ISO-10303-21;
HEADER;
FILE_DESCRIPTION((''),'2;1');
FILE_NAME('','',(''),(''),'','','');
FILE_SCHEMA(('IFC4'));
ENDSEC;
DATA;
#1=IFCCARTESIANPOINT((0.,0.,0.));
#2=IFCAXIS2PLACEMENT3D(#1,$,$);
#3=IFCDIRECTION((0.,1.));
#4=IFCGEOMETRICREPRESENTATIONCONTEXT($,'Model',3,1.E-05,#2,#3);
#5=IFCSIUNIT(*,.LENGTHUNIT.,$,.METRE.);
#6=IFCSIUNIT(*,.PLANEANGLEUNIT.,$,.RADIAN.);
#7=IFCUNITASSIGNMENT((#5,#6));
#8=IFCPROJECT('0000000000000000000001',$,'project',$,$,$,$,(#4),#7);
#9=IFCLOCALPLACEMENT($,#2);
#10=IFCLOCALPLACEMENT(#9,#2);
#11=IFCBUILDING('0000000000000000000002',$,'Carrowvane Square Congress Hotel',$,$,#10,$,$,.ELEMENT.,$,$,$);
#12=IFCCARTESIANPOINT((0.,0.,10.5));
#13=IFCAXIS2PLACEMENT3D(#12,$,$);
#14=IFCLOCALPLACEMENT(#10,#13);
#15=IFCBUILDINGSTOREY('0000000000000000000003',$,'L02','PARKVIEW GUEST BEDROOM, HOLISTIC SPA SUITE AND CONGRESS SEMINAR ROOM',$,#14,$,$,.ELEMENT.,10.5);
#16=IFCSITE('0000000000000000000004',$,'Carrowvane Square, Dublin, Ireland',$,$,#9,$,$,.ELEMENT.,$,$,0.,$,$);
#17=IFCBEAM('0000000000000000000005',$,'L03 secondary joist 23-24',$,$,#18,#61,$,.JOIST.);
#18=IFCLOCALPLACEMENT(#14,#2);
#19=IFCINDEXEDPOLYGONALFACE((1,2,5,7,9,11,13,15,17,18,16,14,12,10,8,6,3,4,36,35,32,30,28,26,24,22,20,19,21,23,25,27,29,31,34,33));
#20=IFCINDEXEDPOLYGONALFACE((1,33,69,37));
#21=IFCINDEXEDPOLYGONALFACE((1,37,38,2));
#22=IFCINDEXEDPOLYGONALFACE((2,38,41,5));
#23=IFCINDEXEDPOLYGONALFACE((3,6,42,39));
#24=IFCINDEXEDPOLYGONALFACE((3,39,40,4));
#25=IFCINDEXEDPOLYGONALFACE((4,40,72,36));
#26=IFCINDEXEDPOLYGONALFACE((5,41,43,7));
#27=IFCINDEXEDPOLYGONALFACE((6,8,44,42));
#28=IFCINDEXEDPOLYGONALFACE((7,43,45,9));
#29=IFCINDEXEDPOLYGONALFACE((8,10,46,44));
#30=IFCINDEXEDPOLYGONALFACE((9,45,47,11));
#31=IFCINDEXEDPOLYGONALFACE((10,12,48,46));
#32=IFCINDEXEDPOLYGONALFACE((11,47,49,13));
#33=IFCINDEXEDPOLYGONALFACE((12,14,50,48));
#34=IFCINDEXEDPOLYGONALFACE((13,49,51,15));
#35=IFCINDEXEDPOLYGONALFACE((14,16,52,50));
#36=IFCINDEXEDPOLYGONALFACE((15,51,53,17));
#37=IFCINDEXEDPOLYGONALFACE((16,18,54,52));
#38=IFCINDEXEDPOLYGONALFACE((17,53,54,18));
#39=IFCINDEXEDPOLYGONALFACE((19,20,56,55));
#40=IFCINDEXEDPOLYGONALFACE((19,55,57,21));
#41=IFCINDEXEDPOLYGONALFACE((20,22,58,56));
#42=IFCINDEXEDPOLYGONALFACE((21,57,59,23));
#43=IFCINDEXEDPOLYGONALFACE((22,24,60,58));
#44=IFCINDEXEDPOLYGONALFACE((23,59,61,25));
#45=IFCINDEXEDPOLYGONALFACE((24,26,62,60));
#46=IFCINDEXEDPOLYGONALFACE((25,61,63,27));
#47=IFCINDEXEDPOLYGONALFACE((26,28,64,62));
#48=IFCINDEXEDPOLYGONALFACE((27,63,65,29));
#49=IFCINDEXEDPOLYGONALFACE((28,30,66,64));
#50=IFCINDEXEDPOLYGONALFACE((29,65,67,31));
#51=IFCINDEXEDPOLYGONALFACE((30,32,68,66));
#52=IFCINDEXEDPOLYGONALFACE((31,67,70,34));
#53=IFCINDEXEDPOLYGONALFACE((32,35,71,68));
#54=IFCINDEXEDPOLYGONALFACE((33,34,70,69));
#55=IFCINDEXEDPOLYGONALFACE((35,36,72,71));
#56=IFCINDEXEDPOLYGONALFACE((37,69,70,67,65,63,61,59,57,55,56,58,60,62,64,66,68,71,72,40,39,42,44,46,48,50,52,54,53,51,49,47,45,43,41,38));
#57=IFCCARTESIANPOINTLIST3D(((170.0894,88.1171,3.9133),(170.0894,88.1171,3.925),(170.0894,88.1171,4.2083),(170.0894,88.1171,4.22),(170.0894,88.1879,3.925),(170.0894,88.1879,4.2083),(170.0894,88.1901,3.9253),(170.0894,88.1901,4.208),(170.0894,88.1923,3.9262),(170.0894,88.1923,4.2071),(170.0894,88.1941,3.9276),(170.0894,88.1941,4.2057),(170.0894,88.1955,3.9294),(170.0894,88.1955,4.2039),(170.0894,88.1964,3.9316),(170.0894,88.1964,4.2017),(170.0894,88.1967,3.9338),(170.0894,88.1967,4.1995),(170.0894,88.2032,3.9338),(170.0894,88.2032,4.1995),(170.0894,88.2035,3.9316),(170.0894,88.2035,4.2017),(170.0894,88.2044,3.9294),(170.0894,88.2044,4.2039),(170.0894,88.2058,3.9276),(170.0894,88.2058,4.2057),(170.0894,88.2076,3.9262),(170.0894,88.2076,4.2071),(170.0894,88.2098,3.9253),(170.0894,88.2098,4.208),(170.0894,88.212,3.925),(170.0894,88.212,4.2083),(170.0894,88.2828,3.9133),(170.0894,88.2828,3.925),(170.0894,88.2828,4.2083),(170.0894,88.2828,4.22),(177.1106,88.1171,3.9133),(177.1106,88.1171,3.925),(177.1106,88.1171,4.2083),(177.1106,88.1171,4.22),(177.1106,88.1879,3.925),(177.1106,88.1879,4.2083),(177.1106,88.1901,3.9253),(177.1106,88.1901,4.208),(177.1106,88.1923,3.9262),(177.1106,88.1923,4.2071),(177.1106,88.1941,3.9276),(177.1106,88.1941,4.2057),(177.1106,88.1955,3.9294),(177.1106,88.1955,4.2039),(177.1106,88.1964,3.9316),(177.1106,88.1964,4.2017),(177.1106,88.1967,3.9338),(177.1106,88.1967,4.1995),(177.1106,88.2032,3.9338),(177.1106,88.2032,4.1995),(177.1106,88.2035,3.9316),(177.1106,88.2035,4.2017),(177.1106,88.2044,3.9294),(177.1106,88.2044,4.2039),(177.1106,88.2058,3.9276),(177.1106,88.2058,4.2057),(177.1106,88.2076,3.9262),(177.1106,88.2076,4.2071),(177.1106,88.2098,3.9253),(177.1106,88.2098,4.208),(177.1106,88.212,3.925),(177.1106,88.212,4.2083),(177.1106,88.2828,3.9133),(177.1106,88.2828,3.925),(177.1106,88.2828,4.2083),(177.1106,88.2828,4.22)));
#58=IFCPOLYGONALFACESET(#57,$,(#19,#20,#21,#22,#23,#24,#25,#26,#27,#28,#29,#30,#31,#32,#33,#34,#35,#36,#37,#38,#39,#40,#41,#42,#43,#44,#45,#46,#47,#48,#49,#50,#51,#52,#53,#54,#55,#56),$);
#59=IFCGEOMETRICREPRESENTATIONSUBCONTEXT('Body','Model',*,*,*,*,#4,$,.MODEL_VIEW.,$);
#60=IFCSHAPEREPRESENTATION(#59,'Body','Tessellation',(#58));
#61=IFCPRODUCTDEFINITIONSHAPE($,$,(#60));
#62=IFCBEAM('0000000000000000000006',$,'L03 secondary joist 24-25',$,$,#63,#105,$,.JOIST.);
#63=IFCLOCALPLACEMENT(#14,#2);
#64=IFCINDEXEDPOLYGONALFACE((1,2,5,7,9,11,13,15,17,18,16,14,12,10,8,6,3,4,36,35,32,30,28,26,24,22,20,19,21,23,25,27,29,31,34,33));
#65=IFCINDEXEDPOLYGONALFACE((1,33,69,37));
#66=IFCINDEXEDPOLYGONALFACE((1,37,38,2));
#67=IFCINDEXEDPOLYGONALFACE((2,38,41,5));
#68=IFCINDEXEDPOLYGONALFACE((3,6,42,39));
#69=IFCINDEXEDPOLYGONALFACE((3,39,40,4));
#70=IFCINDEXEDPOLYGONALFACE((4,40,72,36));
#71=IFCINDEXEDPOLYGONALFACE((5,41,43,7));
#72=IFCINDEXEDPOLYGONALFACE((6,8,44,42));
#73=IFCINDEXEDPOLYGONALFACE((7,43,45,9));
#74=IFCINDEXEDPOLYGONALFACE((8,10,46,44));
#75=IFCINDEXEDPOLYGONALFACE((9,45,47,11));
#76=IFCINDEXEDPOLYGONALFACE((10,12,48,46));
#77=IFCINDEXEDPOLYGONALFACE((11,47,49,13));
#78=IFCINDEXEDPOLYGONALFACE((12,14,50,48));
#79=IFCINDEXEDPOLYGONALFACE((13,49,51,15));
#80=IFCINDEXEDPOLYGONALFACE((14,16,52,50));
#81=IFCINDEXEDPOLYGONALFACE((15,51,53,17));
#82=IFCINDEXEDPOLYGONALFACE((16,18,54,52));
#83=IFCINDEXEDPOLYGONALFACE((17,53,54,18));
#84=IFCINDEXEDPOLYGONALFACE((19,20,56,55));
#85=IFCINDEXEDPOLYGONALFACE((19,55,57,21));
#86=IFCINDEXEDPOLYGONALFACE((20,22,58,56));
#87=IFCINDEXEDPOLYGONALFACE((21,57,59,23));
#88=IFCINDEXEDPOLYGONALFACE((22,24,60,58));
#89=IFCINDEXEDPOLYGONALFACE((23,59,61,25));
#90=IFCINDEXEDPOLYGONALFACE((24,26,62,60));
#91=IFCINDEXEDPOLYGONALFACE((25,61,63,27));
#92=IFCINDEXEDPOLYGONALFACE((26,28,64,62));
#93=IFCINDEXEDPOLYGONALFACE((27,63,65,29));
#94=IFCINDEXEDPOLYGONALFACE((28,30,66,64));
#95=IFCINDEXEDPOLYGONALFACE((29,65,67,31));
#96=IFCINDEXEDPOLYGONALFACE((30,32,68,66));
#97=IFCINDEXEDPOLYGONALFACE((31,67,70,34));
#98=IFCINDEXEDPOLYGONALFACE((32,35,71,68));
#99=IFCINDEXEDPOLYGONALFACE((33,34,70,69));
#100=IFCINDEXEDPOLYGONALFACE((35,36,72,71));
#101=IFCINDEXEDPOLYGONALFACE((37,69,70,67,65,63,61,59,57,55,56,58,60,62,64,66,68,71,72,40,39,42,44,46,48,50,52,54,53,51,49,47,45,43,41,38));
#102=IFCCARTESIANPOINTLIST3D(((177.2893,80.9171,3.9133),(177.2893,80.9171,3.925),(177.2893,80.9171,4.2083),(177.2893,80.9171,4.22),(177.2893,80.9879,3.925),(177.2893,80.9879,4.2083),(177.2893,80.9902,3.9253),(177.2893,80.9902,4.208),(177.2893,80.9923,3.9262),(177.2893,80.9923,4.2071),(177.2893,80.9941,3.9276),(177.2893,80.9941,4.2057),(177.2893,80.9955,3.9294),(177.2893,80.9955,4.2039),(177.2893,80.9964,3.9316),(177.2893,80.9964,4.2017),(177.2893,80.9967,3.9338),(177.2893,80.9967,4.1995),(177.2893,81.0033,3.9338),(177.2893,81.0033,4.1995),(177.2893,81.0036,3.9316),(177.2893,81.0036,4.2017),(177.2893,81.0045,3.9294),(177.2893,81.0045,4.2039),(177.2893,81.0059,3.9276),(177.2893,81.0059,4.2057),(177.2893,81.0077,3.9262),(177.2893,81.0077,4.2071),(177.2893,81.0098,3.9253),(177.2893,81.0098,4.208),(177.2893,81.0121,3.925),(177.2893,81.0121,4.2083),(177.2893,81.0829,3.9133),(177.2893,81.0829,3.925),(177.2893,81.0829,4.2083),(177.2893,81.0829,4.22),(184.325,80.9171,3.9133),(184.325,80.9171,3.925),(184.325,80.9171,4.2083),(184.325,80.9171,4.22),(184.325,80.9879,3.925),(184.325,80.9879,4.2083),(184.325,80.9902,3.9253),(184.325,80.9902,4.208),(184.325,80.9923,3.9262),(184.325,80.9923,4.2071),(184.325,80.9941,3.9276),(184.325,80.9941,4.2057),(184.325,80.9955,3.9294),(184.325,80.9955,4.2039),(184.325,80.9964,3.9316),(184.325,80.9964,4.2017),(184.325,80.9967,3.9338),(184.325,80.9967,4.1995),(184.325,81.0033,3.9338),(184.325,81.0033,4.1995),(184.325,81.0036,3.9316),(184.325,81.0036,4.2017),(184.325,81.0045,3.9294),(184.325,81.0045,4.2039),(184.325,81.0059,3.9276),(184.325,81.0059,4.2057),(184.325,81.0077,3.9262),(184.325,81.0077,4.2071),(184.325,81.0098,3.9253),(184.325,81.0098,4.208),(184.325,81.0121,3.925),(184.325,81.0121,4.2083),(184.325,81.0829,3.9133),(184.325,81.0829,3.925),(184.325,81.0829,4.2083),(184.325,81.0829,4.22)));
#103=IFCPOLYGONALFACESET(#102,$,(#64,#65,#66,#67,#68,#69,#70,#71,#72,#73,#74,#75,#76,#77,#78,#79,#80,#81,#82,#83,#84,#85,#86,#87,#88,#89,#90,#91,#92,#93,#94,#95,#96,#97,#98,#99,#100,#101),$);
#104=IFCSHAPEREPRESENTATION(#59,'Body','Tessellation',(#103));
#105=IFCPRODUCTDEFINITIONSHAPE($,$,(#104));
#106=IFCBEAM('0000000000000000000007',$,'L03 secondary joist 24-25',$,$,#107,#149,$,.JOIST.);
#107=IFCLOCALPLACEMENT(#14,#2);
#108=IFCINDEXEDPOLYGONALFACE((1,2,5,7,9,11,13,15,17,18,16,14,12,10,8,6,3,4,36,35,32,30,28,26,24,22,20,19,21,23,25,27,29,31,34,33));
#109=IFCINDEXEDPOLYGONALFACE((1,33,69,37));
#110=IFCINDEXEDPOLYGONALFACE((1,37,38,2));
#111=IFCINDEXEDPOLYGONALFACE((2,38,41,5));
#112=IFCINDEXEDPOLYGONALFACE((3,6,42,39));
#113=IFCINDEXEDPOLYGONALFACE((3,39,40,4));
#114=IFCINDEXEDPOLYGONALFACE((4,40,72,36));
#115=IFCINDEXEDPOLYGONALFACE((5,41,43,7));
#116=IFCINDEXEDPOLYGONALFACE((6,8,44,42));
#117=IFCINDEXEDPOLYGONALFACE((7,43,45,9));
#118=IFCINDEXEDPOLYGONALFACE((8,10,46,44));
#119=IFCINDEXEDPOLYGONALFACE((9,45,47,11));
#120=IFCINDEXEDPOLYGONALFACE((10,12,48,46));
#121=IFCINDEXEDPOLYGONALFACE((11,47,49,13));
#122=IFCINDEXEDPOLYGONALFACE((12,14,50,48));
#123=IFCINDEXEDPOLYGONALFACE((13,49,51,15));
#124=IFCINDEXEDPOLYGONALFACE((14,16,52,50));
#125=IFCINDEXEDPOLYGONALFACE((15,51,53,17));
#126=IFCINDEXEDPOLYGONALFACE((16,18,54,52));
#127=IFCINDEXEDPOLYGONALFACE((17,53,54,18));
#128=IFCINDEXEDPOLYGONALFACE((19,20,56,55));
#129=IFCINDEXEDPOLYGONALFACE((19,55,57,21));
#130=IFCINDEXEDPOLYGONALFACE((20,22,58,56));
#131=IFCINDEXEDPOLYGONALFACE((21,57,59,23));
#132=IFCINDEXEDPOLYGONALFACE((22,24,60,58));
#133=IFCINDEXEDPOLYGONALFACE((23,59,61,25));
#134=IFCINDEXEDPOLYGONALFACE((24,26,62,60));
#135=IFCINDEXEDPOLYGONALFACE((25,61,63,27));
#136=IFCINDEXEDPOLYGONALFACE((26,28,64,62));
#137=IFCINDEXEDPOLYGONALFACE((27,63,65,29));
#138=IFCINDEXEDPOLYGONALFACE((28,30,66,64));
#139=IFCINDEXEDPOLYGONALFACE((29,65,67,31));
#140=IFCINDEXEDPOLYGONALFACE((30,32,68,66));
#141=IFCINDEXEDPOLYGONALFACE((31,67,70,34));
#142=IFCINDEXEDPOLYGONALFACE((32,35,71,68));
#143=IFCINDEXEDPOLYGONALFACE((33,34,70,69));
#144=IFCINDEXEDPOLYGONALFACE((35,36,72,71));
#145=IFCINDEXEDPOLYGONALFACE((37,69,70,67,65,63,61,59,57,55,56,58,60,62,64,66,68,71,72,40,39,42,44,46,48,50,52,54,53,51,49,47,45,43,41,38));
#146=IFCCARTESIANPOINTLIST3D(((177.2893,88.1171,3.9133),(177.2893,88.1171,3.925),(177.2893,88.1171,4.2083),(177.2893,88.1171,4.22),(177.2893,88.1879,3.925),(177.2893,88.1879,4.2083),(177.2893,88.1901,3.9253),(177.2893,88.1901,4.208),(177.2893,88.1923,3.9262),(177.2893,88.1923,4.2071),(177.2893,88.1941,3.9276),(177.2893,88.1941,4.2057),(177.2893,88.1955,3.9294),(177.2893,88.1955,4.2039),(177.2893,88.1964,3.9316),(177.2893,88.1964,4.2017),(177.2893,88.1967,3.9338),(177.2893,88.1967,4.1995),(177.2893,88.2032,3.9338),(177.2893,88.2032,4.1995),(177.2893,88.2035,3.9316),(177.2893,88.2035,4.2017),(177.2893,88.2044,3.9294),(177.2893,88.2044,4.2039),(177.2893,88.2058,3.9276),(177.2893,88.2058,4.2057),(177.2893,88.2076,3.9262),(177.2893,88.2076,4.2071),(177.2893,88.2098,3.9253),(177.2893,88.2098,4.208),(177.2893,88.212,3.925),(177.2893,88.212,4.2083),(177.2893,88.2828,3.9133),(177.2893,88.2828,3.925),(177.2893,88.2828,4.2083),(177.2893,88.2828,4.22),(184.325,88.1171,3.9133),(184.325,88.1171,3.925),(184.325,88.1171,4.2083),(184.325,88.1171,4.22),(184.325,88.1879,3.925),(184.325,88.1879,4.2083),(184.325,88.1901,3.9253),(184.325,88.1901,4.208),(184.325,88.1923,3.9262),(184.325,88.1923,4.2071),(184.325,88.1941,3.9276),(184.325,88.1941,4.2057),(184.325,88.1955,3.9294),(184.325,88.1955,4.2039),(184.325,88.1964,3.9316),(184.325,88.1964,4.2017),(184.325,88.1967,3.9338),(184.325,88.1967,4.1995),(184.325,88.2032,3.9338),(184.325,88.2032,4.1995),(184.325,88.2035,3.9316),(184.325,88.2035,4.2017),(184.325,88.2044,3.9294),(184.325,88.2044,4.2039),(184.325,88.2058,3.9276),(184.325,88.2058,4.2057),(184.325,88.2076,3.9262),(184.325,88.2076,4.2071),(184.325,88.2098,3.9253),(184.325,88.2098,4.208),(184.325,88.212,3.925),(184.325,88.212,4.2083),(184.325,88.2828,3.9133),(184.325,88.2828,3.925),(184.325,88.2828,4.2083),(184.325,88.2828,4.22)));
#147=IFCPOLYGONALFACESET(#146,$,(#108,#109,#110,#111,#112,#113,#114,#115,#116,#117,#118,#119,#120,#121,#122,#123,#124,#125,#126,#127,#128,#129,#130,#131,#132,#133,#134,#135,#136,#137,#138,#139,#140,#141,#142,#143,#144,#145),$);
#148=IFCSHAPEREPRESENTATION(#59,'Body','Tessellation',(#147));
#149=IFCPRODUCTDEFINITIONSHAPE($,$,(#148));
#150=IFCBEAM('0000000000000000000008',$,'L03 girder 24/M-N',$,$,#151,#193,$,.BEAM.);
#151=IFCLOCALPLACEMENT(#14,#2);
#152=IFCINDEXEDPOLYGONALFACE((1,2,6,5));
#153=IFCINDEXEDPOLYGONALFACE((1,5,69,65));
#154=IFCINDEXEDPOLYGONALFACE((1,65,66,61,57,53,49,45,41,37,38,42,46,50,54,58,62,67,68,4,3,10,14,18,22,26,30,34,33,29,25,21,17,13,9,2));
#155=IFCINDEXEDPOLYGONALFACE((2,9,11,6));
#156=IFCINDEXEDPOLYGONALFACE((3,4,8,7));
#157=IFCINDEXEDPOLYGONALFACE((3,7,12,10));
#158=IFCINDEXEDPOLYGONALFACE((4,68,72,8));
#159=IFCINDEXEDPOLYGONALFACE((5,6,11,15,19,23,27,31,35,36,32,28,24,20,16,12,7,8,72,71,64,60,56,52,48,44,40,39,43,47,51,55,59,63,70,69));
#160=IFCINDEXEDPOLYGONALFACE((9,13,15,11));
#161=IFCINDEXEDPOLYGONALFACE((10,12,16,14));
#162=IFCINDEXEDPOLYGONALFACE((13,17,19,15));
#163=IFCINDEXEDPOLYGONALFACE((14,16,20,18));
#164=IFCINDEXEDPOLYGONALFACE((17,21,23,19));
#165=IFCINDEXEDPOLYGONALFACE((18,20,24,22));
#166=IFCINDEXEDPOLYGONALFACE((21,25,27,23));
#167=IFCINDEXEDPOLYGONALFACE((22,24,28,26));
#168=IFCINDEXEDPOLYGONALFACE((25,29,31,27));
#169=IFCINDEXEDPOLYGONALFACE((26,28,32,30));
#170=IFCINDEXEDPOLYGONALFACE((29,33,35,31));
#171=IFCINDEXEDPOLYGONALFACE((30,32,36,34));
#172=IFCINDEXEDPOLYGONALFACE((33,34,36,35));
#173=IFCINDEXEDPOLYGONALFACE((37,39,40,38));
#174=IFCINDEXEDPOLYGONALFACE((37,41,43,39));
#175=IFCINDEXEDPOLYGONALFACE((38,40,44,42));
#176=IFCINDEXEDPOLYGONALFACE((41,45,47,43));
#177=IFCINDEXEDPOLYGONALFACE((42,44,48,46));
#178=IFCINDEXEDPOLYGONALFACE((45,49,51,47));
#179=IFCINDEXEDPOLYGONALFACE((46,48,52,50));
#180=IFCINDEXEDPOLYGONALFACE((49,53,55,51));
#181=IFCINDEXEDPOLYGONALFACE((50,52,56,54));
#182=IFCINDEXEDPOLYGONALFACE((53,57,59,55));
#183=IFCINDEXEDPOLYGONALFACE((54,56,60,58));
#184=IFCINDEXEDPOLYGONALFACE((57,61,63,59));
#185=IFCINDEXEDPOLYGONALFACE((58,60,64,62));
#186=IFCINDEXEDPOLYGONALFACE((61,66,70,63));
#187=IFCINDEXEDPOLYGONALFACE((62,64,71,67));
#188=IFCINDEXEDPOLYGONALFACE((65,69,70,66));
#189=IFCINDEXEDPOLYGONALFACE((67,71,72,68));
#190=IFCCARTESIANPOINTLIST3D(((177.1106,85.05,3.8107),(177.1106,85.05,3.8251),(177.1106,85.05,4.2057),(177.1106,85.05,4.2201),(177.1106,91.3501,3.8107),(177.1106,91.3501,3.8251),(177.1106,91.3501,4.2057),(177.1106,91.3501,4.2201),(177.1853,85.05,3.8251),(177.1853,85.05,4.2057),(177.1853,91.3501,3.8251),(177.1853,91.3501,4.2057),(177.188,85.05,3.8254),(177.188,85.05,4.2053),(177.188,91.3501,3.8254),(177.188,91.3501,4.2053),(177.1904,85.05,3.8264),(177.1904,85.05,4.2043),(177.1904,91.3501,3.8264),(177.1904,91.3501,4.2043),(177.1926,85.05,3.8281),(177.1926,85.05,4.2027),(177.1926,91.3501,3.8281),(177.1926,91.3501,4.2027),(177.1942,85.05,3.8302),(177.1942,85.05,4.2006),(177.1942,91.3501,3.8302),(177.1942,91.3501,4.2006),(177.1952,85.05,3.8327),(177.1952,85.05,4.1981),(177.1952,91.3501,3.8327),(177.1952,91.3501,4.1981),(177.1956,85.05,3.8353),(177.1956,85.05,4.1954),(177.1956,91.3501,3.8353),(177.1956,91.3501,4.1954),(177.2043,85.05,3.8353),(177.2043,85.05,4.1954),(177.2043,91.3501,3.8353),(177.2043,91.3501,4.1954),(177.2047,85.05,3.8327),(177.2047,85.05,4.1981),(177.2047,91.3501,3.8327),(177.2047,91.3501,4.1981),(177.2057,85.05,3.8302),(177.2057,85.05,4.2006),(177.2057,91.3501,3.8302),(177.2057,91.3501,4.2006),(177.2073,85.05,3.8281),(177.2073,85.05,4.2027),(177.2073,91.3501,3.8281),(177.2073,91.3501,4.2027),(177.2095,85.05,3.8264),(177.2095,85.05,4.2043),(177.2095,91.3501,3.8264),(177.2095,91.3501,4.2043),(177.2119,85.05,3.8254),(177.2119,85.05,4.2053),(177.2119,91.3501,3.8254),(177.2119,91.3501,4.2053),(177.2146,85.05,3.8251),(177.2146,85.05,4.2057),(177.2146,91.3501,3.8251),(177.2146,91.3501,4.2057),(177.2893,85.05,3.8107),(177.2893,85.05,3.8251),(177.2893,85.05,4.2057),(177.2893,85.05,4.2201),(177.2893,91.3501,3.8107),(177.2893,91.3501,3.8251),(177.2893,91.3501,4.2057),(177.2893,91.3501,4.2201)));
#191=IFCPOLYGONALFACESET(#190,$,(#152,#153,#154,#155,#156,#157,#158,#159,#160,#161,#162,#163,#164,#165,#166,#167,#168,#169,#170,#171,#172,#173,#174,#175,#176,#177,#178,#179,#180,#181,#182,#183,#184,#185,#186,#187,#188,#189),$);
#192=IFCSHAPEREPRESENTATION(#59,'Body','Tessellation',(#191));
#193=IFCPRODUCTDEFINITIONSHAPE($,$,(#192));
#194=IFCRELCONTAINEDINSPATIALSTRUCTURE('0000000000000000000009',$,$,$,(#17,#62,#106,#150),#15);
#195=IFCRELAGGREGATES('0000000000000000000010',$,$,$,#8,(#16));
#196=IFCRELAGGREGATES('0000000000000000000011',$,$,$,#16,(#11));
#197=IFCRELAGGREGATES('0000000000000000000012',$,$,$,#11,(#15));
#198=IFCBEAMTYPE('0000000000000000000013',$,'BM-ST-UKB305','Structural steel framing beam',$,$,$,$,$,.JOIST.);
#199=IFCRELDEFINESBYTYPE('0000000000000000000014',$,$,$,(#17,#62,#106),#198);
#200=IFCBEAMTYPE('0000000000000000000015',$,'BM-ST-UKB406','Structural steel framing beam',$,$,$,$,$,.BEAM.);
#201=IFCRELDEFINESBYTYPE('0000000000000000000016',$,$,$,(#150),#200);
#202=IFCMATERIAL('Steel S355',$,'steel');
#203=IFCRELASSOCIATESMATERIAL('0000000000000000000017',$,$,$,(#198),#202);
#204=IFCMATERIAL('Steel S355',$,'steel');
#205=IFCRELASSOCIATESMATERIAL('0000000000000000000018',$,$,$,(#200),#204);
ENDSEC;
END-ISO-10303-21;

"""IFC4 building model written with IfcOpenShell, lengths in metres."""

from ifc_helpers import new_model, si_unit, direction, frame, origin, origin_2d, place, context, subcontext, project, spatial, i_section, extrude, material, material_profile, profile_set, type_object, element, save


model = new_model("IFC4")

# Units and contexts
model_context = context("Model", 3, precision=1e-05, world=origin(), true_north=direction((0.0, 1.0)))
body_context = subcontext(model_context, "Body", "Model", "MODEL_VIEW")
ifc_project = project(units=[si_unit("LENGTHUNIT", "METRE"), si_unit("PLANEANGLEUNIT", "RADIAN")], contexts=[model_context])

# Site, building, storey
site_placement = place(None, origin())
site = spatial("IfcSite", under=ifc_project, at=site_placement, Name="Carrowvane Square, Dublin, Ireland", CompositionType="ELEMENT", RefElevation=0.0)
building_placement = place(site_placement, origin())
building = spatial("IfcBuilding", under=site, at=building_placement, Name="Carrowvane Square Congress Hotel", CompositionType="ELEMENT")
storey_placement = place(building_placement, frame((0.0, 0.0, 10.5)))
storey = spatial("IfcBuildingStorey", under=building, at=storey_placement, Name="L02", Description="PARKVIEW GUEST BEDROOM, HOLISTIC SPA SUITE AND CONGRESS SEMINAR ROOM", CompositionType="ELEMENT", Elevation=10.5)

# Beams
ifc_material_1 = material(Name="Steel S355", Category="steel")
ifc_material_profile_1 = material_profile(ifc_material_1, i_section(OverallWidth=0.1658, OverallDepth=0.3066, WebThickness=0.0066, FlangeThickness=0.0117, FilletRadius=0.0088, at=origin_2d()), Name="UKB 305x165x46")
ifc_profile_set_1 = profile_set([ifc_material_profile_1], Name="Steel S355")
beam_type_1 = type_object("IfcBeamType", Name="BM-ST-UKB305", Description="Structural steel framing beam", PredefinedType="JOIST", material=ifc_profile_set_1)
for number, where, z_axis, x_axis, name in (
    (1, (170.0894, 88.2, 4.0667), (1.0, 0.0, 0.0), (0.0, 1.0, 0.0), "L03 secondary joist 23-24"),
):
    element("IfcBeam", number, at=place(storey_placement, frame(where, z_axis=z_axis, x_axis=x_axis)), inside=storey, type_object=beam_type_1, Name=name, PredefinedType="JOIST", context=body_context, shape_type="SweptSolid", body=[
        extrude(i_section(OverallWidth=0.1658, OverallDepth=0.3066, WebThickness=0.0066, FlangeThickness=0.0117, FilletRadius=0.0088, at=origin_2d()), origin(), (0.0, 0.0, 1.0), 7.0212),
    ])
for number, where, z_axis, x_axis, name in (
    (2, (177.2893, 81.0, 4.0667), (1.0, 0.0, 0.0), (0.0, 1.0, 0.0), "L03 secondary joist 24-25"),
    (3, (177.2893, 88.2, 4.0667), (1.0, 0.0, 0.0), (0.0, 1.0, 0.0), "L03 secondary joist 24-25"),
):
    element("IfcBeam", number, at=place(storey_placement, frame(where, z_axis=z_axis, x_axis=x_axis)), inside=storey, type_object=beam_type_1, Name=name, PredefinedType="JOIST", context=body_context, shape_type="SweptSolid", body=[
        extrude(i_section(OverallWidth=0.1658, OverallDepth=0.3066, WebThickness=0.0066, FlangeThickness=0.0117, FilletRadius=0.0088, at=origin_2d()), origin(), (0.0, 0.0, 1.0), 7.0356),
    ])
ifc_material_2 = material(Name="Steel S355", Category="steel")
ifc_material_profile_2 = material_profile(ifc_material_2, i_section(OverallWidth=0.1787, OverallDepth=0.4094, WebThickness=0.0088, FlangeThickness=0.0144, FilletRadius=0.0103, at=origin_2d()), Name="UKB 406x178x67")
ifc_profile_set_2 = profile_set([ifc_material_profile_2], Name="Steel S355")
beam_type_2 = type_object("IfcBeamType", Name="BM-ST-UKB406", Description="Structural steel framing beam", PredefinedType="BEAM", material=ifc_profile_set_2)
beam_1_placement = place(storey_placement, frame((177.2, 85.05, 4.0154), z_axis=(0.0, 1.0, 0.0), x_axis=(-1.0, 0.0, 0.0)))
element("IfcBeam", 4, at=beam_1_placement, inside=storey, type_object=beam_type_2, Name="L03 girder 24/M-N", PredefinedType="BEAM", context=body_context, shape_type="SweptSolid", body=[
    extrude(i_section(OverallWidth=0.1787, OverallDepth=0.4094, WebThickness=0.0088, FlangeThickness=0.0144, FilletRadius=0.0103, at=origin_2d()), origin(), (0.0, 0.0, 1.0), 6.3),
])

save(model, "model.ifc")
